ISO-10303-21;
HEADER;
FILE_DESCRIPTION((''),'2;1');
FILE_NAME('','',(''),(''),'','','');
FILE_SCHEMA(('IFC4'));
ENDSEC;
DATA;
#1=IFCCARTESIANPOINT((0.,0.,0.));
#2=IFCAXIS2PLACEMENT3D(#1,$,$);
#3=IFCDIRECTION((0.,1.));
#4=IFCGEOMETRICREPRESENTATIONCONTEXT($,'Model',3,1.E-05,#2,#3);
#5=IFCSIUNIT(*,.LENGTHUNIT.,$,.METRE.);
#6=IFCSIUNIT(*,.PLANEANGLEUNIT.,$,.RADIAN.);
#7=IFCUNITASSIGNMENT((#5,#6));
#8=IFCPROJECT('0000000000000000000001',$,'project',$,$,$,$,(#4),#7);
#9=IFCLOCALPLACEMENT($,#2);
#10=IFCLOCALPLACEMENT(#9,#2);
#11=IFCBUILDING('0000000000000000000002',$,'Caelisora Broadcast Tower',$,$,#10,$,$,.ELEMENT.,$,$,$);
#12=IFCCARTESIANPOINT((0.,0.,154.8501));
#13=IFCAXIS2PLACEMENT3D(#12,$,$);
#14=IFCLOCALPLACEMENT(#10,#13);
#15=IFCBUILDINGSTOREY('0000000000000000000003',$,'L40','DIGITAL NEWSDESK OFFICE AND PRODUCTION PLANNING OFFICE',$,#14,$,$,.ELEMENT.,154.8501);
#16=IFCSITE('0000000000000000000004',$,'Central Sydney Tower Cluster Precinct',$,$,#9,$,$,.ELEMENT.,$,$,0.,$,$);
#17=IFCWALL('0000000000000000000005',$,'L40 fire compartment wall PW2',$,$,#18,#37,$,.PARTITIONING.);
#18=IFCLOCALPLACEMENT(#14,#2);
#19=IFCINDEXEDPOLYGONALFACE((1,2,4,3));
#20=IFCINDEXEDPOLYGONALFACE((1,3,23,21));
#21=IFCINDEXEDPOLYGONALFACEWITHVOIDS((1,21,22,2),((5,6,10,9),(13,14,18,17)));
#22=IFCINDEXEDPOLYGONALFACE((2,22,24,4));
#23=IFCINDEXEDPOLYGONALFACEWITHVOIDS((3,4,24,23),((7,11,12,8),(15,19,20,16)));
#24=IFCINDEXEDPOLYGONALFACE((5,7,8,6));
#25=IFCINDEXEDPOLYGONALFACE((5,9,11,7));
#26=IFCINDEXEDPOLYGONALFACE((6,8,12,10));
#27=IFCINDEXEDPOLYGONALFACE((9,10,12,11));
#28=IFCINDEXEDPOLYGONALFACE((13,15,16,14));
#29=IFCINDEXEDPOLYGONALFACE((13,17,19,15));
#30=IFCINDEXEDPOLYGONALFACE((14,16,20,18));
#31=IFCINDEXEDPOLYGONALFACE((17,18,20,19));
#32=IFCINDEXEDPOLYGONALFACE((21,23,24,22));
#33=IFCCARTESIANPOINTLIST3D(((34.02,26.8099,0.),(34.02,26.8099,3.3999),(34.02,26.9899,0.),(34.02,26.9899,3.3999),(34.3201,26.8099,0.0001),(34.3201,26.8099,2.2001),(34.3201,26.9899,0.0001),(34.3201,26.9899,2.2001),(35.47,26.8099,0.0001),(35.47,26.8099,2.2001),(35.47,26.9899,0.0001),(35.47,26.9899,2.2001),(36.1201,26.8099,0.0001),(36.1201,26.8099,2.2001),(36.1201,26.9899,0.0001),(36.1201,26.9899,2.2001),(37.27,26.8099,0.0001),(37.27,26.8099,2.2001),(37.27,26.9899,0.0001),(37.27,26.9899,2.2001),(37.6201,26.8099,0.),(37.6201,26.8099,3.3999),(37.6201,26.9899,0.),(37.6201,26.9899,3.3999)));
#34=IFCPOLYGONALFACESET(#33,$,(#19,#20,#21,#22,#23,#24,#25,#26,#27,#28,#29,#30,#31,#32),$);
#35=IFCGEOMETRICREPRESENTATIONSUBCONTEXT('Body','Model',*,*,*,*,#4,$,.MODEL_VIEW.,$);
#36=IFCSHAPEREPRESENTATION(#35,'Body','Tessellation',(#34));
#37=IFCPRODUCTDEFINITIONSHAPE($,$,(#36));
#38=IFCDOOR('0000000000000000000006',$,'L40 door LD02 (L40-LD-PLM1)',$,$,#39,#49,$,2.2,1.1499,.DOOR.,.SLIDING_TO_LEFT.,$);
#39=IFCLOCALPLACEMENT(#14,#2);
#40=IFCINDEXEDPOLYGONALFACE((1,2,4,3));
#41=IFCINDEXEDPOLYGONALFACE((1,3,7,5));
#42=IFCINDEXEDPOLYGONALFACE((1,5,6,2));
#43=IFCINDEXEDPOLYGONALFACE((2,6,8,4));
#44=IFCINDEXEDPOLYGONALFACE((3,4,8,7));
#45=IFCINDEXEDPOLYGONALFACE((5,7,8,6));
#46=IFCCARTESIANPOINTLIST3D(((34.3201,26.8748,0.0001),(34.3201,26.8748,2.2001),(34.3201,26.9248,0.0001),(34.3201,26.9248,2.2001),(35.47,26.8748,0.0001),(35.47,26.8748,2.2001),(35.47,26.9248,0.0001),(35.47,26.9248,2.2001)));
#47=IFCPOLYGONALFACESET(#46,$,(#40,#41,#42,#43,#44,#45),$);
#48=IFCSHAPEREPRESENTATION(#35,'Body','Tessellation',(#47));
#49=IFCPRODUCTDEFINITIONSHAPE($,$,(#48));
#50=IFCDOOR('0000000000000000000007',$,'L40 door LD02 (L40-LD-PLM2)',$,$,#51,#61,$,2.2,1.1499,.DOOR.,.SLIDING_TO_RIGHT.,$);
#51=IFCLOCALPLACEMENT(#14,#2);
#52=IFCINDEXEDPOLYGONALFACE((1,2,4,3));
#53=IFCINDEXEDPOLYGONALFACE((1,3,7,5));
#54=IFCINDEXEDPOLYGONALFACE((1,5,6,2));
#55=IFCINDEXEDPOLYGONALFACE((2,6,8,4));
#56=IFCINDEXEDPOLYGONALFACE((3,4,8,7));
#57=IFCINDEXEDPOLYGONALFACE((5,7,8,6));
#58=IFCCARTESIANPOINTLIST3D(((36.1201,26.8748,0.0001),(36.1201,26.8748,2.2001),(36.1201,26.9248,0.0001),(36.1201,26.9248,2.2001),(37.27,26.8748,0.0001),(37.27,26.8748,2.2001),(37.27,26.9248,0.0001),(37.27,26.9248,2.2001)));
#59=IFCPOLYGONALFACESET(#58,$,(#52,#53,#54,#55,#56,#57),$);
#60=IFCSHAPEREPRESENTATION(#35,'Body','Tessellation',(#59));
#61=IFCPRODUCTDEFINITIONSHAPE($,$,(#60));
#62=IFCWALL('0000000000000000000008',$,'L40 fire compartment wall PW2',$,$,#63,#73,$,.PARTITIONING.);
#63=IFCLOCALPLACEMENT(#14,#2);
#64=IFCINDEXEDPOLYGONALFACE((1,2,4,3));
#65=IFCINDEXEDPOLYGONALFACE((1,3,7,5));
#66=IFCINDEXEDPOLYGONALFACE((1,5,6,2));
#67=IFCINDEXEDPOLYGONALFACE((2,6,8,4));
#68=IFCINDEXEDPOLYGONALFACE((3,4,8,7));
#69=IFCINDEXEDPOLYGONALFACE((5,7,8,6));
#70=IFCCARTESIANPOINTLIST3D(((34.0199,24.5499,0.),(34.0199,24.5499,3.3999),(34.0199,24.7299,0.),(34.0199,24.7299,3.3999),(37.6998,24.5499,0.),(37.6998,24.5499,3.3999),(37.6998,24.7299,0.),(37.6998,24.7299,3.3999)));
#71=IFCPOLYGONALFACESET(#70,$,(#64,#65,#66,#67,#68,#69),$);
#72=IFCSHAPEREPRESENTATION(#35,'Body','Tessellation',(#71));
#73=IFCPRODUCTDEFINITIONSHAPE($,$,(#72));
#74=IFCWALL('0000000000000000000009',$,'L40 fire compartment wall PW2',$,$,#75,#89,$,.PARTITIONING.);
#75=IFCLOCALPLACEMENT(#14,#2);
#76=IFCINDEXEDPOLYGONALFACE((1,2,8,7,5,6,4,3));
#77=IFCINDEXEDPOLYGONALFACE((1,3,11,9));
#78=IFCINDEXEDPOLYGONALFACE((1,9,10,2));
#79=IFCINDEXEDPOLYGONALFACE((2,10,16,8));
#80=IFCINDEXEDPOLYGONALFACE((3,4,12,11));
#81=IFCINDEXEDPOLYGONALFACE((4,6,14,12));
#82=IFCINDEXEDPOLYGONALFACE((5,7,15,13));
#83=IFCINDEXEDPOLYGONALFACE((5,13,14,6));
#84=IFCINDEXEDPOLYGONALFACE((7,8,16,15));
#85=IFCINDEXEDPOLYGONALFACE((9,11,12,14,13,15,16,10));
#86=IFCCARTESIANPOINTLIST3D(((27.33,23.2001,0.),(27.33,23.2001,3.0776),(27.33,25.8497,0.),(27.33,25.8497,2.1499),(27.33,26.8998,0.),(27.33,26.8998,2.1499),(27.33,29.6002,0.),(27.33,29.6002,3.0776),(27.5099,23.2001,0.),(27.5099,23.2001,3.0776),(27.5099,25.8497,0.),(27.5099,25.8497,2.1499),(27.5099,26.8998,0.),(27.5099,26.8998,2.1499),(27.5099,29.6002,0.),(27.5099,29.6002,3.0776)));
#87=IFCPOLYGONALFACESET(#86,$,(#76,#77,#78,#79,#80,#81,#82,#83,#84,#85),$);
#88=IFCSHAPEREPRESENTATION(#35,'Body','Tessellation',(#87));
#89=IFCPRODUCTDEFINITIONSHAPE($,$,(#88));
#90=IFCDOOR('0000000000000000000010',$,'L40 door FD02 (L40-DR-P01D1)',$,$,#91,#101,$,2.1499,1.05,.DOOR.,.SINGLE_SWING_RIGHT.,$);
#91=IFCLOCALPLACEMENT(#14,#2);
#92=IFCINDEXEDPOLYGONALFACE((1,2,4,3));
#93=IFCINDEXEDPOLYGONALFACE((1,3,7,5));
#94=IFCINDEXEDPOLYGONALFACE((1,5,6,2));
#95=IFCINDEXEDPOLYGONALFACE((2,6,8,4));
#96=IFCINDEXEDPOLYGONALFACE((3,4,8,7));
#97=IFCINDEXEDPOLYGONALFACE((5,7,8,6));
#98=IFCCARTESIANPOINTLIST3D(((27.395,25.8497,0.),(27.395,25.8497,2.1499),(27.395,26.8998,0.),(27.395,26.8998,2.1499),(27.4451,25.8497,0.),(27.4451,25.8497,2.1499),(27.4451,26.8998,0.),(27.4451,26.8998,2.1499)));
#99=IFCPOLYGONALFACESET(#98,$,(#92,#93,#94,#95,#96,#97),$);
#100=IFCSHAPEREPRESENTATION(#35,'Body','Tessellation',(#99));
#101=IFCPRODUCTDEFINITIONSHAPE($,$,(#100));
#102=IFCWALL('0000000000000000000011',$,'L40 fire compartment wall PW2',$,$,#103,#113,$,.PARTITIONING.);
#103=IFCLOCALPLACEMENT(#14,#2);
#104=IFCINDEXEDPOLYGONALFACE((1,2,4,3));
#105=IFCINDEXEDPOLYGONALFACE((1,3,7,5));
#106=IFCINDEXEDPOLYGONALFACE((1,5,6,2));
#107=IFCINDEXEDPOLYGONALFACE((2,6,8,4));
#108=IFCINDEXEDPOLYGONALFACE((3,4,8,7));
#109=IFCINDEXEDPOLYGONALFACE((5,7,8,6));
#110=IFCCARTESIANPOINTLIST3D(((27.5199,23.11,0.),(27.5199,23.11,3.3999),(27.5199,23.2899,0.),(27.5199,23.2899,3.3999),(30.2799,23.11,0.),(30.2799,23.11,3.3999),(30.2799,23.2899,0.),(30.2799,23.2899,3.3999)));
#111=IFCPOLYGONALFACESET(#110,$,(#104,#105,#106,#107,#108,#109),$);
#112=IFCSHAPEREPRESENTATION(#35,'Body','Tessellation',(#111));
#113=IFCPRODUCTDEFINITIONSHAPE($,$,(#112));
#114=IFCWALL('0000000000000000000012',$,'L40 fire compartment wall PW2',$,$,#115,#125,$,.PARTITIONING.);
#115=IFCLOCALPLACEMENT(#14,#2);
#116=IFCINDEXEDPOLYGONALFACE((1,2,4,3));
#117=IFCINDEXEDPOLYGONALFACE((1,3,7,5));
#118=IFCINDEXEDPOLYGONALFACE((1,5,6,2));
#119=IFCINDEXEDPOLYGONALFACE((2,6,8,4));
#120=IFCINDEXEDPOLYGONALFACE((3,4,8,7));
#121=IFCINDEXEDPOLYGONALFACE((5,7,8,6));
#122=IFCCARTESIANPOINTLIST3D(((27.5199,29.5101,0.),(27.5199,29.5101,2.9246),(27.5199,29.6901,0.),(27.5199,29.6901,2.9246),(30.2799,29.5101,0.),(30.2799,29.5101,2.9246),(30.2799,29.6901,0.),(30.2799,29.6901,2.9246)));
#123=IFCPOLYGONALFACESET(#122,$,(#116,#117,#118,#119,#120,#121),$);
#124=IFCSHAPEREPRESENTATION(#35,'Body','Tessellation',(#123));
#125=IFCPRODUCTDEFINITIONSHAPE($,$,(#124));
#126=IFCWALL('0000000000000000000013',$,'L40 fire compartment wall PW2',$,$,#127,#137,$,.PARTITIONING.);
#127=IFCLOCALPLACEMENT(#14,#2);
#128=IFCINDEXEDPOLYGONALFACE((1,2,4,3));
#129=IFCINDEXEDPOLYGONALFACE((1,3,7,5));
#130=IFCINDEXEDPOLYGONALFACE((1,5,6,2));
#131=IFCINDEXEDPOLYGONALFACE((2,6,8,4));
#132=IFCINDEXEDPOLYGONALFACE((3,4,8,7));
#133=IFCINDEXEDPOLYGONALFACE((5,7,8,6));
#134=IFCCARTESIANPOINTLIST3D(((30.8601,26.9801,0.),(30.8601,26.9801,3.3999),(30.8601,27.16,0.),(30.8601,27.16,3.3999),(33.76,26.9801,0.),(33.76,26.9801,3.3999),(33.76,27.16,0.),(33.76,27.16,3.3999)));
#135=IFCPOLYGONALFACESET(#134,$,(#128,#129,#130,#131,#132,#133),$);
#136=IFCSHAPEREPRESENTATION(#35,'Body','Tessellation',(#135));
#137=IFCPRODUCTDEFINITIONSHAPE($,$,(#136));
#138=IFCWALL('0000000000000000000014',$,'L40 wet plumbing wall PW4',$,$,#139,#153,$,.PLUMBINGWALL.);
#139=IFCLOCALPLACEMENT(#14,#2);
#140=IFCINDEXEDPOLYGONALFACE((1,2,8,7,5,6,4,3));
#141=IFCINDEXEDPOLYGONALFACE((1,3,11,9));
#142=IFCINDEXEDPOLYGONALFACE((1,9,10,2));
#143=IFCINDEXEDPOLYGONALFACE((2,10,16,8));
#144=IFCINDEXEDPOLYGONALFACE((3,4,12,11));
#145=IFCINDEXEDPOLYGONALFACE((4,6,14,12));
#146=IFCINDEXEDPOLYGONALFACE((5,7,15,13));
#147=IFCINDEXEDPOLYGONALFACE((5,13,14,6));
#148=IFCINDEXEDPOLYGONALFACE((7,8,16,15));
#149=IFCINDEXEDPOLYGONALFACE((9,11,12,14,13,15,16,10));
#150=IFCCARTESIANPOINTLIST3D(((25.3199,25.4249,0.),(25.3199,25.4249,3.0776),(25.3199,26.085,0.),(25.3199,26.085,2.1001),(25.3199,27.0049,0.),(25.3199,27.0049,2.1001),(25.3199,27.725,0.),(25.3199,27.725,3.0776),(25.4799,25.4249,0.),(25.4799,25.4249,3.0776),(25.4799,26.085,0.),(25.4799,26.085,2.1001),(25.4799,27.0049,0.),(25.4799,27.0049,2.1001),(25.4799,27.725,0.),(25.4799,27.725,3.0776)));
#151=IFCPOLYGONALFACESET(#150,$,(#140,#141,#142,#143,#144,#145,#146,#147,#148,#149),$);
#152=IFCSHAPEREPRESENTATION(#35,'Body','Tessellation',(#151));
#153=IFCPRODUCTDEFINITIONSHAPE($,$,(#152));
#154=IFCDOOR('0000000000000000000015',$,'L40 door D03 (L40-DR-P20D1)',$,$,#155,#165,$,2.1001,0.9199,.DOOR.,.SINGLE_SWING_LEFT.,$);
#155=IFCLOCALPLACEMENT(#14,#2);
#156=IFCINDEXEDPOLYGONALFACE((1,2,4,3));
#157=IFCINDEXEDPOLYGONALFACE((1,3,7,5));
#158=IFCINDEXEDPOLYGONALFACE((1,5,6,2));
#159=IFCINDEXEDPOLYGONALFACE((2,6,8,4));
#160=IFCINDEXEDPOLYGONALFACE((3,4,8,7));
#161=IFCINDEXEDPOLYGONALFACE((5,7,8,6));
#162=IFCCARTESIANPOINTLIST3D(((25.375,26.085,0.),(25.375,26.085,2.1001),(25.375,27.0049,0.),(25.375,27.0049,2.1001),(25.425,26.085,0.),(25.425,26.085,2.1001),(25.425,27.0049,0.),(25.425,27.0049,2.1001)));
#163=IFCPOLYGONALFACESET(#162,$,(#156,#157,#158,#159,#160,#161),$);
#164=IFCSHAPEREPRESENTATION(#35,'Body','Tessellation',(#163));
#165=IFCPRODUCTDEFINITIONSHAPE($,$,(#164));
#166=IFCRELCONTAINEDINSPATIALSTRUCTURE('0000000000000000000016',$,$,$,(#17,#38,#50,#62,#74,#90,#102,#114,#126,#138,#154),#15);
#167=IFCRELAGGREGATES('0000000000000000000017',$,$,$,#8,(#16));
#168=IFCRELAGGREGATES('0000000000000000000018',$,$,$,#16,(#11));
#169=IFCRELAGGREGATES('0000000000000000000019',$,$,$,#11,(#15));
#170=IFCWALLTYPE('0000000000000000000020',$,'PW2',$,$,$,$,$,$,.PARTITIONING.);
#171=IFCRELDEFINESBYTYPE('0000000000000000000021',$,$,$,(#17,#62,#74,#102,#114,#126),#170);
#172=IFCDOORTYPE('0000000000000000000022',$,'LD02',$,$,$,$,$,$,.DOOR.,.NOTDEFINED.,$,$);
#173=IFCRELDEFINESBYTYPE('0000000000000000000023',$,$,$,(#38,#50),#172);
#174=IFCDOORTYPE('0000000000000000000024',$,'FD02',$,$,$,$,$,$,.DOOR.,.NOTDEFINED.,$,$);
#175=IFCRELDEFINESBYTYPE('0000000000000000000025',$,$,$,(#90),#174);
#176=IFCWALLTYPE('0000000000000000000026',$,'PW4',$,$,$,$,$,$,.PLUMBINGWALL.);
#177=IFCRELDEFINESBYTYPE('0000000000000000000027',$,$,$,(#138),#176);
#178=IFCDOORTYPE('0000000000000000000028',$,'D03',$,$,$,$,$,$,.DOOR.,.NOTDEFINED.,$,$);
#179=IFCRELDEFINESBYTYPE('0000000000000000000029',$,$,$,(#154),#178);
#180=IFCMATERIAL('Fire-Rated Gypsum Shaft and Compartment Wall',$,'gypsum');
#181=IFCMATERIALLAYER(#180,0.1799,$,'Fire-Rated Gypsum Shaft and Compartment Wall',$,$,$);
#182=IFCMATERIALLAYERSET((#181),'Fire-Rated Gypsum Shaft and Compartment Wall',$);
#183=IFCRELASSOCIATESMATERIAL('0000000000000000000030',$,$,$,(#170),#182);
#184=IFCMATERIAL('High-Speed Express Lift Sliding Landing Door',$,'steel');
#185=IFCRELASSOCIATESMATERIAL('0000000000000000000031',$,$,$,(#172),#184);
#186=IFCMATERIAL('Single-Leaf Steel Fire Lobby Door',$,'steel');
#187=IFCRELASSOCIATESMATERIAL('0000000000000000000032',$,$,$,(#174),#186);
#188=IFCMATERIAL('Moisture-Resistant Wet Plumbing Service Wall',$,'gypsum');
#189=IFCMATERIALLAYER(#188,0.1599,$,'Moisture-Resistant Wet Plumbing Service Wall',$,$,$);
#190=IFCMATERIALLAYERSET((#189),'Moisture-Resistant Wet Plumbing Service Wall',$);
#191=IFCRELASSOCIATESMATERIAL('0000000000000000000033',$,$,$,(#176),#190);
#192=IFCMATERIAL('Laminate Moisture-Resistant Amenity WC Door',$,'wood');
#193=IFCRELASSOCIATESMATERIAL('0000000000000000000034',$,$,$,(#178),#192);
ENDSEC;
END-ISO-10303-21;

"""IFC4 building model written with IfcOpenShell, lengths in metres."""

from ifc_helpers import new_model, si_unit, direction, frame, frame_2d, origin, place, context, subcontext, project, spatial, rectangle, extrude, material, layer, layer_set, type_object, element, fill, save


model = new_model("IFC4")

# Units and contexts
model_context = context("Model", 3, precision=1e-05, world=origin(), true_north=direction((0.0, 1.0)))
body_context = subcontext(model_context, "Body", "Model", "MODEL_VIEW")
ifc_project = project(units=[si_unit("LENGTHUNIT", "METRE"), si_unit("PLANEANGLEUNIT", "RADIAN")], contexts=[model_context])

# Site, building, storey
site_placement = place(None, origin())
site = spatial("IfcSite", under=ifc_project, at=site_placement, Name="Central Sydney Tower Cluster Precinct", CompositionType="ELEMENT", RefElevation=0.0)
building_placement = place(site_placement, origin())
building = spatial("IfcBuilding", under=site, at=building_placement, Name="Caelisora Broadcast Tower", CompositionType="ELEMENT")
storey_placement = place(building_placement, frame((0.0, 0.0, 154.8501)))
storey = spatial("IfcBuildingStorey", under=building, at=storey_placement, Name="L40", Description="DIGITAL NEWSDESK OFFICE AND PRODUCTION PLANNING OFFICE", CompositionType="ELEMENT", Elevation=154.8501)

# Wall, openings, doors
ifc_material_1 = material(Name="Fire-Rated Gypsum Shaft and Compartment Wall", Category="gypsum")
ifc_layer_1 = layer(ifc_material_1, 0.1799, Name="Fire-Rated Gypsum Shaft and Compartment Wall")
ifc_layer_set_1 = layer_set([ifc_layer_1], Name="Fire-Rated Gypsum Shaft and Compartment Wall")
wall_type_1 = type_object("IfcWallType", Name="PW2", PredefinedType="PARTITIONING", material=ifc_layer_set_1)
wall_1_placement = place(storey_placement, frame((34.02, 26.8999, 0.0), z_axis=(0.0, 0.0, 1.0), x_axis=(1.0, 0.0, 0.0)))
wall_1 = element("IfcWall", 1, at=wall_1_placement, inside=storey, type_object=wall_type_1, Name="L40 fire compartment wall PW2", PredefinedType="PARTITIONING", context=body_context, shape_type="SweptSolid", body=[
    extrude(rectangle(XDim=3.6001, YDim=0.1799, at=frame_2d((1.8, 0.0))), origin(), (0.0, 0.0, 1.0), 3.3999),
])
opening_1_placement = place(wall_1_placement, frame((0.3, 0.0, 0.0)))
opening_1 = element("IfcOpeningElement", 2, at=opening_1_placement, cuts=wall_1, PredefinedType="OPENING", context=body_context, shape_type="SweptSolid", body=[
    extrude(rectangle(XDim=1.1499, YDim=2.2, at=frame_2d((0.575, 1.1001))), frame((0.0, 0.1021, 0.0), z_axis=(0.0, -1.0, 0.0), x_axis=(1.0, 0.0, 0.0)), (0.0, 0.0, 1.0), 0.2039),
])
opening_2_placement = place(wall_1_placement, frame((2.1001, 0.0, 0.0)))
opening_2 = element("IfcOpeningElement", 3, at=opening_2_placement, cuts=wall_1, PredefinedType="OPENING", context=body_context, shape_type="SweptSolid", body=[
    extrude(rectangle(XDim=1.1499, YDim=2.2, at=frame_2d((0.575, 1.1001))), frame((0.0, 0.1021, 0.0), z_axis=(0.0, -1.0, 0.0), x_axis=(1.0, 0.0, 0.0)), (0.0, 0.0, 1.0), 0.2039),
])
ifc_material_2 = material(Name="High-Speed Express Lift Sliding Landing Door", Category="steel")
door_type_1 = type_object("IfcDoorType", Name="LD02", OperationType="NOTDEFINED", PredefinedType="DOOR", material=ifc_material_2)
door_1_placement = place(opening_1_placement, origin())
door_1 = element("IfcDoor", 4, at=door_1_placement, inside=storey, type_object=door_type_1, Name="L40 door LD02 (L40-LD-PLM1)", OperationType="SLIDING_TO_LEFT", OverallHeight=2.2, OverallWidth=1.1499, PredefinedType="DOOR", context=body_context, shape_type="SweptSolid", body=[
    extrude(rectangle(XDim=1.1499, YDim=2.2, at=frame_2d((0.575, 1.1001))), frame((0.0, 0.0249, 0.0), z_axis=(0.0, -1.0, 0.0), x_axis=(1.0, 0.0, 0.0)), (0.0, 0.0, 1.0), 0.05),
])
fill(opening_1, door_1)
door_2_placement = place(opening_2_placement, origin())
door_2 = element("IfcDoor", 5, at=door_2_placement, inside=storey, type_object=door_type_1, Name="L40 door LD02 (L40-LD-PLM2)", OperationType="SLIDING_TO_RIGHT", OverallHeight=2.2, OverallWidth=1.1499, PredefinedType="DOOR", context=body_context, shape_type="SweptSolid", body=[
    extrude(rectangle(XDim=1.1499, YDim=2.2, at=frame_2d((0.575, 1.1001))), frame((0.0, 0.0249, 0.0), z_axis=(0.0, -1.0, 0.0), x_axis=(1.0, 0.0, 0.0)), (0.0, 0.0, 1.0), 0.05),
])
fill(opening_2, door_2)

# Wall
wall_2_placement = place(storey_placement, frame((34.02, 24.6399, 0.0), z_axis=(0.0, 0.0, 1.0), x_axis=(1.0, 0.0, 0.0)))
element("IfcWall", 6, at=wall_2_placement, inside=storey, type_object=wall_type_1, Name="L40 fire compartment wall PW2", PredefinedType="PARTITIONING", context=body_context, shape_type="SweptSolid", body=[
    extrude(rectangle(XDim=3.6799, YDim=0.1799, at=frame_2d((1.8398, 0.0))), origin(), (0.0, 0.0, 1.0), 3.3999),
])

# Wall, opening, door
wall_3_placement = place(storey_placement, frame((27.4199, 23.2, 0.0), z_axis=(0.0, 0.0, 1.0), x_axis=(0.0, 1.0, 0.0)))
wall_3 = element("IfcWall", 7, at=wall_3_placement, inside=storey, type_object=wall_type_1, Name="L40 fire compartment wall PW2", PredefinedType="PARTITIONING", context=body_context, shape_type="SweptSolid", body=[
    extrude(rectangle(XDim=6.4001, YDim=0.1799, at=frame_2d((3.2002, 0.0))), origin(), (0.0, 0.0, 1.0), 3.0776),
])
opening_3_placement = place(wall_3_placement, frame((2.6499, 0.0, 0.0)))
opening_3 = element("IfcOpeningElement", 8, at=opening_3_placement, cuts=wall_3, PredefinedType="OPENING", context=body_context, shape_type="SweptSolid", body=[
    extrude(rectangle(XDim=1.05, YDim=2.1499, at=frame_2d((0.5249, 1.075))), frame((0.0, 0.1021, 0.0), z_axis=(0.0, -1.0, 0.0), x_axis=(1.0, 0.0, 0.0)), (0.0, 0.0, 1.0), 0.2039),
])
ifc_material_3 = material(Name="Single-Leaf Steel Fire Lobby Door", Category="steel")
door_type_2 = type_object("IfcDoorType", Name="FD02", OperationType="NOTDEFINED", PredefinedType="DOOR", material=ifc_material_3)
door_3_placement = place(opening_3_placement, origin())
door_3 = element("IfcDoor", 9, at=door_3_placement, inside=storey, type_object=door_type_2, Name="L40 door FD02 (L40-DR-P01D1)", OperationType="SINGLE_SWING_RIGHT", OverallHeight=2.1499, OverallWidth=1.05, PredefinedType="DOOR", context=body_context, shape_type="SweptSolid", body=[
    extrude(rectangle(XDim=1.05, YDim=2.1499, at=frame_2d((0.5249, 1.075))), frame((0.0, 0.0249, 0.0), z_axis=(0.0, -1.0, 0.0), x_axis=(1.0, 0.0, 0.0)), (0.0, 0.0, 1.0), 0.05),
])
fill(opening_3, door_3)

# Walls
wall_4_placement = place(storey_placement, frame((27.52, 23.2, 0.0), z_axis=(0.0, 0.0, 1.0), x_axis=(1.0, 0.0, 0.0)))
element("IfcWall", 10, at=wall_4_placement, inside=storey, type_object=wall_type_1, Name="L40 fire compartment wall PW2", PredefinedType="PARTITIONING", context=body_context, shape_type="SweptSolid", body=[
    extrude(rectangle(XDim=2.76, YDim=0.1799, at=frame_2d((1.3799, 0.0))), origin(), (0.0, 0.0, 1.0), 3.3999),
])
wall_5_placement = place(storey_placement, frame((27.52, 29.6001, 0.0), z_axis=(0.0, 0.0, 1.0), x_axis=(1.0, 0.0, 0.0)))
element("IfcWall", 11, at=wall_5_placement, inside=storey, type_object=wall_type_1, Name="L40 fire compartment wall PW2", PredefinedType="PARTITIONING", context=body_context, shape_type="SweptSolid", body=[
    extrude(rectangle(XDim=2.76, YDim=0.1799, at=frame_2d((1.3799, 0.0))), origin(), (0.0, 0.0, 1.0), 2.9246),
])
wall_6_placement = place(storey_placement, frame((30.8601, 27.0701, 0.0), z_axis=(0.0, 0.0, 1.0), x_axis=(1.0, 0.0, 0.0)))
element("IfcWall", 12, at=wall_6_placement, inside=storey, type_object=wall_type_1, Name="L40 fire compartment wall PW2", PredefinedType="PARTITIONING", context=body_context, shape_type="SweptSolid", body=[
    extrude(rectangle(XDim=2.8999, YDim=0.1799, at=frame_2d((1.45, 0.0))), origin(), (0.0, 0.0, 1.0), 3.3999),
])

# Wall, opening, door
ifc_material_4 = material(Name="Moisture-Resistant Wet Plumbing Service Wall", Category="gypsum")
ifc_layer_2 = layer(ifc_material_4, 0.1599, Name="Moisture-Resistant Wet Plumbing Service Wall")
ifc_layer_set_2 = layer_set([ifc_layer_2], Name="Moisture-Resistant Wet Plumbing Service Wall")
wall_type_2 = type_object("IfcWallType", Name="PW4", PredefinedType="PLUMBINGWALL", material=ifc_layer_set_2)
wall_7_placement = place(storey_placement, frame((25.3999, 25.425, 0.0), z_axis=(0.0, 0.0, 1.0), x_axis=(0.0, 1.0, 0.0)))
wall_7 = element("IfcWall", 13, at=wall_7_placement, inside=storey, type_object=wall_type_2, Name="L40 wet plumbing wall PW4", PredefinedType="PLUMBINGWALL", context=body_context, shape_type="SweptSolid", body=[
    extrude(rectangle(XDim=2.3, YDim=0.1599, at=frame_2d((1.1499, 0.0))), origin(), (0.0, 0.0, 1.0), 3.0776),
])
opening_4_placement = place(wall_7_placement, frame((0.6599, 0.0, 0.0)))
opening_4 = element("IfcOpeningElement", 14, at=opening_4_placement, cuts=wall_7, PredefinedType="OPENING", context=body_context, shape_type="SweptSolid", body=[
    extrude(rectangle(XDim=0.9199, YDim=2.1001, at=frame_2d((0.46, 1.05))), frame((0.0, 0.092, 0.0), z_axis=(0.0, -1.0, 0.0), x_axis=(1.0, 0.0, 0.0)), (0.0, 0.0, 1.0), 0.1838),
])
ifc_material_5 = material(Name="Laminate Moisture-Resistant Amenity WC Door", Category="wood")
door_type_3 = type_object("IfcDoorType", Name="D03", OperationType="NOTDEFINED", PredefinedType="DOOR", material=ifc_material_5)
door_4_placement = place(opening_4_placement, origin())
door_4 = element("IfcDoor", 15, at=door_4_placement, inside=storey, type_object=door_type_3, Name="L40 door D03 (L40-DR-P20D1)", OperationType="SINGLE_SWING_LEFT", OverallHeight=2.1001, OverallWidth=0.9199, PredefinedType="DOOR", context=body_context, shape_type="SweptSolid", body=[
    extrude(rectangle(XDim=0.9199, YDim=2.1001, at=frame_2d((0.46, 1.05))), frame((0.0, 0.0249, 0.0), z_axis=(0.0, -1.0, 0.0), x_axis=(1.0, 0.0, 0.0)), (0.0, 0.0, 1.0), 0.05),
])
fill(opening_4, door_4)

save(model, "model.ifc")
